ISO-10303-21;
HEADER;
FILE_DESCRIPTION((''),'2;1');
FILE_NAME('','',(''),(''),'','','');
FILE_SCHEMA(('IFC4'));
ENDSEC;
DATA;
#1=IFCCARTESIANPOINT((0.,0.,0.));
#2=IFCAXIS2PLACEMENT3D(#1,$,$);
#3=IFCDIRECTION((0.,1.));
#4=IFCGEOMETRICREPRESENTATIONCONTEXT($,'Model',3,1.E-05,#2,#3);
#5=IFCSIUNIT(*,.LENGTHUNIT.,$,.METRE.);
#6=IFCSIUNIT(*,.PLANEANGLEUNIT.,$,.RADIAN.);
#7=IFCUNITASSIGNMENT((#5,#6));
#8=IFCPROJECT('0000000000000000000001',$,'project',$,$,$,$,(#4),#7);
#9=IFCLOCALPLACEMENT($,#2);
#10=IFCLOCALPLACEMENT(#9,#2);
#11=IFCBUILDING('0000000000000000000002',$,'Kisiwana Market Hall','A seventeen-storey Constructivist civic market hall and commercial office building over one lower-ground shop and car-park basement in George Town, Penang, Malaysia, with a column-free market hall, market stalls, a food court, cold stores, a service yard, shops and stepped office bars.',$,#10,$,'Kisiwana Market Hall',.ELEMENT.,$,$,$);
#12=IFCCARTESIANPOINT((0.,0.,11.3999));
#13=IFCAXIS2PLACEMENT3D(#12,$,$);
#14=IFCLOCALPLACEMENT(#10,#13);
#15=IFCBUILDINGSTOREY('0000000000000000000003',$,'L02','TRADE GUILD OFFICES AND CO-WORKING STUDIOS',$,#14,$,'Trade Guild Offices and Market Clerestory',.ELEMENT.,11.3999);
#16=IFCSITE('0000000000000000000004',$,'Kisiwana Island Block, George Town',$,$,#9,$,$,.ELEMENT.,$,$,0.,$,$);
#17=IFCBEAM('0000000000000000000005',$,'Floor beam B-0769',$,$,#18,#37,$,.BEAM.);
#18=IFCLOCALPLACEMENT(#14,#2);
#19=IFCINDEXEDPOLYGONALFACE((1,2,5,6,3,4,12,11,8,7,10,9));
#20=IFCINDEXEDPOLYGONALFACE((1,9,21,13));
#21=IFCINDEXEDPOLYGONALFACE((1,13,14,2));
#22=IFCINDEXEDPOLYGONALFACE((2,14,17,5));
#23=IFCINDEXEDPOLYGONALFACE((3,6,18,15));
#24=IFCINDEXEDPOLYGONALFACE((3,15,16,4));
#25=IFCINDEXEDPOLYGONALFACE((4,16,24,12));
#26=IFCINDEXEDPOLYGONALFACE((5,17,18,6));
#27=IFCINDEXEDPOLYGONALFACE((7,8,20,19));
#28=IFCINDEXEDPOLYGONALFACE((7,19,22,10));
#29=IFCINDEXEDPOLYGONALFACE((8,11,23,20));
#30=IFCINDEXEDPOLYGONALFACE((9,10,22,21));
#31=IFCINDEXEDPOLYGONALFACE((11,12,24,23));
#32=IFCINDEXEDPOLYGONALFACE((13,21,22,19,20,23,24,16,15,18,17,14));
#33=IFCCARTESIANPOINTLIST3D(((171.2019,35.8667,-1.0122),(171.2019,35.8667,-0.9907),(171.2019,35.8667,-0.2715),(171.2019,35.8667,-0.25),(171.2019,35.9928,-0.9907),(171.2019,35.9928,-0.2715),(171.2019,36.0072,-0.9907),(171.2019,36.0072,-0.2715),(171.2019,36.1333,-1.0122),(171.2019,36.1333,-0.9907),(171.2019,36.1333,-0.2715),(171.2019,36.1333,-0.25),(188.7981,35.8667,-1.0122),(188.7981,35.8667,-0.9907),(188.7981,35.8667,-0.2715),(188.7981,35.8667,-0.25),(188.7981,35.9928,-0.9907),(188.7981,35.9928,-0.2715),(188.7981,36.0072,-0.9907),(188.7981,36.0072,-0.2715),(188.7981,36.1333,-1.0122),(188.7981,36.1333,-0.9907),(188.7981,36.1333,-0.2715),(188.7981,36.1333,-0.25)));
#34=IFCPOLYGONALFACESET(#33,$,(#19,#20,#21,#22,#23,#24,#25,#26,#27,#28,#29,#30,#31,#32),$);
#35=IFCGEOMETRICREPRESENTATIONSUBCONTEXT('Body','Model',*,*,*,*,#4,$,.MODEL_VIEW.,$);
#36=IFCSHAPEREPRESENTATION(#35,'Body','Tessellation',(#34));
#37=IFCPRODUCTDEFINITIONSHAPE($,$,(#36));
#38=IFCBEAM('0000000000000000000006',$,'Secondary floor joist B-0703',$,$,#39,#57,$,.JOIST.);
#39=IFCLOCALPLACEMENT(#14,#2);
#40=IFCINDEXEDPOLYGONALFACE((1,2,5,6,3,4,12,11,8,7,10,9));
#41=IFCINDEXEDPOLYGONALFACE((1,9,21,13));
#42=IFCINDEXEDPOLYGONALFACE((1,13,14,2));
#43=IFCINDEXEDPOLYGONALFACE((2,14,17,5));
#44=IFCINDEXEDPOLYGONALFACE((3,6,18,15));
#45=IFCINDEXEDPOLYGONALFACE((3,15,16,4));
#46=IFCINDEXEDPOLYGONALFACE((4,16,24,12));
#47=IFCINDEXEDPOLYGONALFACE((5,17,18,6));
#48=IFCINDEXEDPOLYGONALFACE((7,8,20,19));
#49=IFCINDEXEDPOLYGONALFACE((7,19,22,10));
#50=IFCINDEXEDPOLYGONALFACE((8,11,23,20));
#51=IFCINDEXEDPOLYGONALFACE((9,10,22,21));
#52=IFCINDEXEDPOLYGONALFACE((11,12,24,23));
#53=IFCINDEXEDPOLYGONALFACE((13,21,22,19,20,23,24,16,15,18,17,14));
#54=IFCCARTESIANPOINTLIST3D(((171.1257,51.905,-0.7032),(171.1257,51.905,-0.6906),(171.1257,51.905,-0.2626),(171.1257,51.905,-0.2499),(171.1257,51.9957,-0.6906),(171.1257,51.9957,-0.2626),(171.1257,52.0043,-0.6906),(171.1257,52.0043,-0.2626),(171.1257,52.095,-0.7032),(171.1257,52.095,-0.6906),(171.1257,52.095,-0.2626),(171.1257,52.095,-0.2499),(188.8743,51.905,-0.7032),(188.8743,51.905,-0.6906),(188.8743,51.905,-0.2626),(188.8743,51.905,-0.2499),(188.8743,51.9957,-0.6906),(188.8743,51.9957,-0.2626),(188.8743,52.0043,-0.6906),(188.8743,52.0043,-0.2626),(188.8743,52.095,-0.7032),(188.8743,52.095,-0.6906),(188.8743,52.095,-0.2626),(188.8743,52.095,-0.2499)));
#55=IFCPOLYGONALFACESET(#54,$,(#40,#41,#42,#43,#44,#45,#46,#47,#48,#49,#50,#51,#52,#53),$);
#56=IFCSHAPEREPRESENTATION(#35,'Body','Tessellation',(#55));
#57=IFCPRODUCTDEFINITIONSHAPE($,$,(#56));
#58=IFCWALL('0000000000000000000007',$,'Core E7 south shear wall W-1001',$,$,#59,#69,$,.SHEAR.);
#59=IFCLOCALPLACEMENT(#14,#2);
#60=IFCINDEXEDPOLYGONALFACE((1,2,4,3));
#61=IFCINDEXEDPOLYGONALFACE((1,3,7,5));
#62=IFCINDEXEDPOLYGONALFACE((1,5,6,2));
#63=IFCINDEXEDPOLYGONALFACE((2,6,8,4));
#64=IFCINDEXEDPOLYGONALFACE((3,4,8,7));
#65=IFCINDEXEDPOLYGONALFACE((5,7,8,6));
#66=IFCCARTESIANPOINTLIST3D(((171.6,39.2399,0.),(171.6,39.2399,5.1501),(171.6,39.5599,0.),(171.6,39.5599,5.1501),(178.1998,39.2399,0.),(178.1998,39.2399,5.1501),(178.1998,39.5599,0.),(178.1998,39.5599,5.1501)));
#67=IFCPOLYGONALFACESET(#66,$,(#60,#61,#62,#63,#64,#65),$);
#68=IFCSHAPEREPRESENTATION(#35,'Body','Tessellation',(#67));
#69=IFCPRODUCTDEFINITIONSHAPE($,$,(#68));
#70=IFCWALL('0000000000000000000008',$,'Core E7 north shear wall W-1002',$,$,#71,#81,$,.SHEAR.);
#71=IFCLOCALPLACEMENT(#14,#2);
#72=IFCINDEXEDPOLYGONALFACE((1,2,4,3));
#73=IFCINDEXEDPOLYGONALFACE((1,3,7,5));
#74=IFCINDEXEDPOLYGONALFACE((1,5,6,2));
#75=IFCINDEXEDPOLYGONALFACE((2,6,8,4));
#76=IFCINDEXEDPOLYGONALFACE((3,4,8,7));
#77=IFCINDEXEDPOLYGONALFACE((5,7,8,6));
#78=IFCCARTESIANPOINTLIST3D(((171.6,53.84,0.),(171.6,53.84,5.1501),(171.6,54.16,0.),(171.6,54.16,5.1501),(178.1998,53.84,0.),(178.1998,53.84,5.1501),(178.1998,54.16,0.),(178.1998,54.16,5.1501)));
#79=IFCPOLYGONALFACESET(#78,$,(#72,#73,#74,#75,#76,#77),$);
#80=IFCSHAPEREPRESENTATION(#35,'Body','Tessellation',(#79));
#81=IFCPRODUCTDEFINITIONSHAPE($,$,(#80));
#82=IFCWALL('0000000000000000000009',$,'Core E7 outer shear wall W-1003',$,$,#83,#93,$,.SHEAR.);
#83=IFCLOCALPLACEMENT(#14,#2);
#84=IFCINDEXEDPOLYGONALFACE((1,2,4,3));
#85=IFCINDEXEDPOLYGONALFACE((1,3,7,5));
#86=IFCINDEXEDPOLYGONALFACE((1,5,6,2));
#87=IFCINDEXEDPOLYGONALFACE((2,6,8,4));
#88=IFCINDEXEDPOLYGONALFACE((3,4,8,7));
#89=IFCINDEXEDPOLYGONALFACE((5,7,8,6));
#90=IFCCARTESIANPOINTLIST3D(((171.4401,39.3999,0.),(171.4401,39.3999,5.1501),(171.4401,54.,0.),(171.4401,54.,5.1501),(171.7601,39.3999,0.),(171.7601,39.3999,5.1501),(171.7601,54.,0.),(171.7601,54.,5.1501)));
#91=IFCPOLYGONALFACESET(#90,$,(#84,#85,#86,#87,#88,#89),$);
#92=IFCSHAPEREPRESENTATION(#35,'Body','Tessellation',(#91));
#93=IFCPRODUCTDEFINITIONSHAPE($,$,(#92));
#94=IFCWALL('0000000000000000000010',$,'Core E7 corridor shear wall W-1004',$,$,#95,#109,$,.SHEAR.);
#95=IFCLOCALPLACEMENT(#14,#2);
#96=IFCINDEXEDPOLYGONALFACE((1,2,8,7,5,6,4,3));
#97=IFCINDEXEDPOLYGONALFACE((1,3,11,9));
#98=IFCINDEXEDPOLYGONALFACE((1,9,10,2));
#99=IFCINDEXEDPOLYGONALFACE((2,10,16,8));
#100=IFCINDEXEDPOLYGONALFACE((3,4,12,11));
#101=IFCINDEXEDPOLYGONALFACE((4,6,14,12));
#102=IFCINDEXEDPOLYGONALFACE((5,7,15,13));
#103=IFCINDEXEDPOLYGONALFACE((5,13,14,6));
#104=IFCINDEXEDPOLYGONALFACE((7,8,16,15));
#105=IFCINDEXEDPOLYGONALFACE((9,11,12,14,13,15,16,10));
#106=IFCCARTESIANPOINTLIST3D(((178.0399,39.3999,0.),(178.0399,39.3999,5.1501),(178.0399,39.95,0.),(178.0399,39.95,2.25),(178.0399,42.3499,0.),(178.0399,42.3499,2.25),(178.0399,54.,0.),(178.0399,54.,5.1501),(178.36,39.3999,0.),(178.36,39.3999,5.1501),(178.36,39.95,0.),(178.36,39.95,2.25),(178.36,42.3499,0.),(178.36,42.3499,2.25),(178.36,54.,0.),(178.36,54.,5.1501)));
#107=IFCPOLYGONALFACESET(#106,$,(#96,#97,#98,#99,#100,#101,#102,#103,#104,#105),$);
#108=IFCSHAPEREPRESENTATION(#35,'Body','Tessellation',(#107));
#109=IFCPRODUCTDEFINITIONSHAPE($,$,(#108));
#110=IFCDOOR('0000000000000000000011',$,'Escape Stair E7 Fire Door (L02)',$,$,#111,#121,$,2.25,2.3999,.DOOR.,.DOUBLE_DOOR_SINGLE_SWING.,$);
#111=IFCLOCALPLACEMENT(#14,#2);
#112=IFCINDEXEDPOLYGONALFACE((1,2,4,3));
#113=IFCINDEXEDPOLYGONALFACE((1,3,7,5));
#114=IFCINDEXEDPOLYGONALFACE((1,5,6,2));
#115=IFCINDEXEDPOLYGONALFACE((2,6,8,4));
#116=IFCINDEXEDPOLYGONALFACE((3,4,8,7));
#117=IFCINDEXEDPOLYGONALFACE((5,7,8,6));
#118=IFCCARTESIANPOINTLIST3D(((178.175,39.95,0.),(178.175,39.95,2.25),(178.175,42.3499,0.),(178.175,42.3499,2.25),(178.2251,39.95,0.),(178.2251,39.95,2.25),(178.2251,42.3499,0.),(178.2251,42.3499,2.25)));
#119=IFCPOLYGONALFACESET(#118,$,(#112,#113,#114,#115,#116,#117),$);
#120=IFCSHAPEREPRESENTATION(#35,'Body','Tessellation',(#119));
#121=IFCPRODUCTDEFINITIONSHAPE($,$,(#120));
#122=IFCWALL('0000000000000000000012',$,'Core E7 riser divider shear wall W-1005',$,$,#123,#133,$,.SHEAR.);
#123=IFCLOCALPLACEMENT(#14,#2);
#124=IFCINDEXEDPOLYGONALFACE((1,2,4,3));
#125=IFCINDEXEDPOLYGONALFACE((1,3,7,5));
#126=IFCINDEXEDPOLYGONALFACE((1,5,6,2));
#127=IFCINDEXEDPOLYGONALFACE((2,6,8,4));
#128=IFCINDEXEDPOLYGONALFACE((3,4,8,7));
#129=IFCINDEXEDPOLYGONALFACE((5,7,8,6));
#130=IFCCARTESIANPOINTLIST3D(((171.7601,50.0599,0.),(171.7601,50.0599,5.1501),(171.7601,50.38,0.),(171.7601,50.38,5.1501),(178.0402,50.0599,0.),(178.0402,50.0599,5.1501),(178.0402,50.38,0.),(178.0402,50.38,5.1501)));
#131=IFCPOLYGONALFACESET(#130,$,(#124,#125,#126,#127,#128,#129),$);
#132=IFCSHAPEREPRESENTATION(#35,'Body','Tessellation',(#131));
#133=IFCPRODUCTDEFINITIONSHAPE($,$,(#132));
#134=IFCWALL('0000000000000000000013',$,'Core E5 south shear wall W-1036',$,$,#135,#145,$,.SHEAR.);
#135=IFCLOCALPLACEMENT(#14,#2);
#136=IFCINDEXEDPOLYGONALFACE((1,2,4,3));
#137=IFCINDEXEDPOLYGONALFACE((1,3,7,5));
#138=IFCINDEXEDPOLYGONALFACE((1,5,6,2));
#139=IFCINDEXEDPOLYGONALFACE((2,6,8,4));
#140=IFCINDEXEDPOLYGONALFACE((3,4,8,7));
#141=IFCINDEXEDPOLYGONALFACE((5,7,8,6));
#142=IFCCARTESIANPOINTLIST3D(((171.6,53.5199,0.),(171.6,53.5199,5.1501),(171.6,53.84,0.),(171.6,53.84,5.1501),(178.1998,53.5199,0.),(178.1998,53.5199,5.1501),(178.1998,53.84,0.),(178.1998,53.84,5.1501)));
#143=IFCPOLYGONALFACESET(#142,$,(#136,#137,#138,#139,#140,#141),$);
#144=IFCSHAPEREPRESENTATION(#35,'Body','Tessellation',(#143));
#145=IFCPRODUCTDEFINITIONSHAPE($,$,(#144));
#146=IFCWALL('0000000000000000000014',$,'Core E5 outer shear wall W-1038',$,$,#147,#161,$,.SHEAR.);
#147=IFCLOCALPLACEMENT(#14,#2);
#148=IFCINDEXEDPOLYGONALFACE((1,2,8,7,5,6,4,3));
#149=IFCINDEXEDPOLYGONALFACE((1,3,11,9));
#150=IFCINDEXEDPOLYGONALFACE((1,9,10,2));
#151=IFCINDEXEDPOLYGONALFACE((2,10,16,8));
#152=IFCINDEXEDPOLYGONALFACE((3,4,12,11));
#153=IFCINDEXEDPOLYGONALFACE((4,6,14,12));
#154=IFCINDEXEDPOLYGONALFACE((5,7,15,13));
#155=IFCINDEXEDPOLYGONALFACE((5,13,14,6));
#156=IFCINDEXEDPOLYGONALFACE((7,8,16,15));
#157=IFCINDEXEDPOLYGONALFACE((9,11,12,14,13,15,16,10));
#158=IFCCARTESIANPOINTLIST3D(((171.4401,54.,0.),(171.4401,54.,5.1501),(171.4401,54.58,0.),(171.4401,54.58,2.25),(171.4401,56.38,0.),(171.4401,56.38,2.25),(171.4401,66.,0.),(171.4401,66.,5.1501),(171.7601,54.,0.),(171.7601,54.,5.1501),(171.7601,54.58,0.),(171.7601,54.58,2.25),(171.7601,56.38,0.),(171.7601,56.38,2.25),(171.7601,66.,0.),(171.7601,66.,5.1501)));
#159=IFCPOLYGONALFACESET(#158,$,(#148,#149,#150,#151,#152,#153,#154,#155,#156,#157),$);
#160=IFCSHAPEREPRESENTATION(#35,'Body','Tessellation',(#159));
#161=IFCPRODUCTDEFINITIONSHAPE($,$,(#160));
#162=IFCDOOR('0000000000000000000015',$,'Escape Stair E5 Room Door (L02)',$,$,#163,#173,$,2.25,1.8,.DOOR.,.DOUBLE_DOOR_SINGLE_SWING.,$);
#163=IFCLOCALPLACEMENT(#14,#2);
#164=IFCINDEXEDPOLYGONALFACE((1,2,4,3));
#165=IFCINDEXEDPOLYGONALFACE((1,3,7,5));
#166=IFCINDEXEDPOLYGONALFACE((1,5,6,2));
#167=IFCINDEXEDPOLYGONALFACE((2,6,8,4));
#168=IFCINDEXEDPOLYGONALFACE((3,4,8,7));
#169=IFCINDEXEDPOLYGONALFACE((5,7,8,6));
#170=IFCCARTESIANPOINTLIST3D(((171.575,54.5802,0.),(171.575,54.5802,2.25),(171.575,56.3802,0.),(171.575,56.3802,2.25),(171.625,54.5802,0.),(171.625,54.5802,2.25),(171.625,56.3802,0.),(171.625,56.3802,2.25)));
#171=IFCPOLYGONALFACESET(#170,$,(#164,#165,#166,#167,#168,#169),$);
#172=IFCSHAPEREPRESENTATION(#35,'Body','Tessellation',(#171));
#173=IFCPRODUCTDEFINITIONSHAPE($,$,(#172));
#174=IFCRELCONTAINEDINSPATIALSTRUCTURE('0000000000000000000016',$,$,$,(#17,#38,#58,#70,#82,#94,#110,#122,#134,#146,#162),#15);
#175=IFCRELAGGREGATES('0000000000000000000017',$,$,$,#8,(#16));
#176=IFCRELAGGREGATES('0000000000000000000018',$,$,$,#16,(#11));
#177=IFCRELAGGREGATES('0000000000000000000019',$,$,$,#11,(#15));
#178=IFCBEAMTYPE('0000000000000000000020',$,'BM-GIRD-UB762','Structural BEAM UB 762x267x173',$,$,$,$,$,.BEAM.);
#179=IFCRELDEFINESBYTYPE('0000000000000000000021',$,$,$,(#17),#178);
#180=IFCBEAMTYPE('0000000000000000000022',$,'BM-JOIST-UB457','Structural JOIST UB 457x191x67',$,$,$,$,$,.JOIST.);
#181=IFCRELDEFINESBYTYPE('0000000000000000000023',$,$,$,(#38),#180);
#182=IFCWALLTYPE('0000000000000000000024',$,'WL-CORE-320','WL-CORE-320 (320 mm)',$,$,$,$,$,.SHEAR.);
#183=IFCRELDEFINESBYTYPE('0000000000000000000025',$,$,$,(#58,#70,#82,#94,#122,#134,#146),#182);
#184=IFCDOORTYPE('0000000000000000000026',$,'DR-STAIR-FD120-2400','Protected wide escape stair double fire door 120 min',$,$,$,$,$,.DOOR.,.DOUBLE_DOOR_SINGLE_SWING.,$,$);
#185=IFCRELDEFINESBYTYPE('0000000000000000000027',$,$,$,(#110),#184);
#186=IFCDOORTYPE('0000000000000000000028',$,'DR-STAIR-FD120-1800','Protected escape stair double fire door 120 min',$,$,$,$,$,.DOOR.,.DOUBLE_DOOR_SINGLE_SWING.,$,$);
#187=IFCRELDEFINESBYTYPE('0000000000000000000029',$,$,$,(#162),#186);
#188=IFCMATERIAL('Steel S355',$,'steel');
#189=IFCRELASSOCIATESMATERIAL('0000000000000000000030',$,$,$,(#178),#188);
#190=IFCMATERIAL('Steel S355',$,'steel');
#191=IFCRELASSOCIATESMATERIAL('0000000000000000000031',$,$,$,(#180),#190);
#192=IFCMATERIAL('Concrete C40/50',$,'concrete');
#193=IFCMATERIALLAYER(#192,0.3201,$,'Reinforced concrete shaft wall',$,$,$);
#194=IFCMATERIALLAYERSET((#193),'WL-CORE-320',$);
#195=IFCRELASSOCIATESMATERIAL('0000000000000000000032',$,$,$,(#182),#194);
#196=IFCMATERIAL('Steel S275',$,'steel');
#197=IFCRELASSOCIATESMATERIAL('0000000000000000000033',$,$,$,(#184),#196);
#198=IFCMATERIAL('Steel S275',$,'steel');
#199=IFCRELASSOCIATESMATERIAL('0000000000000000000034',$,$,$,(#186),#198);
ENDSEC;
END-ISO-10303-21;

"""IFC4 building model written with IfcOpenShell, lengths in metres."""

from ifc_helpers import new_model, si_unit, direction, frame, frame_2d, origin, origin_2d, place, context, subcontext, project, spatial, rectangle, i_section, extrude, material, layer, layer_set, material_profile, profile_set, type_object, element, fill, save


model = new_model("IFC4")

# Units and contexts
model_context = context("Model", 3, precision=1e-05, world=origin(), true_north=direction((0.0, 1.0)))
body_context = subcontext(model_context, "Body", "Model", "MODEL_VIEW")
ifc_project = project(units=[si_unit("LENGTHUNIT", "METRE"), si_unit("PLANEANGLEUNIT", "RADIAN")], contexts=[model_context])

# Site, building, storey
site_placement = place(None, origin())
site = spatial("IfcSite", under=ifc_project, at=site_placement, Name="Kisiwana Island Block, George Town", CompositionType="ELEMENT", RefElevation=0.0)
building_placement = place(site_placement, origin())
building = spatial("IfcBuilding", under=site, at=building_placement, Name="Kisiwana Market Hall", Description="A seventeen-storey Constructivist civic market hall and commercial office building over one lower-ground shop and car-park basement in George Town, Penang, Malaysia, with a column-free market hall, market stalls, a food court, cold stores, a service yard, shops and stepped office bars.", LongName="Kisiwana Market Hall", CompositionType="ELEMENT")
storey_placement = place(building_placement, frame((0.0, 0.0, 11.3999)))
storey = spatial("IfcBuildingStorey", under=building, at=storey_placement, Name="L02", Description="TRADE GUILD OFFICES AND CO-WORKING STUDIOS", LongName="Trade Guild Offices and Market Clerestory", CompositionType="ELEMENT", Elevation=11.3999)

# Beams
ifc_material_1 = material(Name="Steel S355", Category="steel")
ifc_material_profile_1 = material_profile(ifc_material_1, i_section(OverallWidth=0.2666, OverallDepth=0.7622, WebThickness=0.0144, FlangeThickness=0.0215, at=origin_2d()), Name="UB 762x267x173")
ifc_profile_set_1 = profile_set([ifc_material_profile_1], Name="Steel S355")
beam_type_1 = type_object("IfcBeamType", Name="BM-GIRD-UB762", Description="Structural BEAM UB 762x267x173", PredefinedType="BEAM", material=ifc_profile_set_1)
beam_1_placement = place(storey_placement, frame((171.2019, 36.0, -0.6311), z_axis=(1.0, 0.0, 0.0), x_axis=(0.0, 1.0, 0.0)))
element("IfcBeam", 1, at=beam_1_placement, inside=storey, type_object=beam_type_1, Name="Floor beam B-0769", PredefinedType="BEAM", context=body_context, shape_type="SweptSolid", body=[
    extrude(i_section(OverallWidth=0.2666, OverallDepth=0.7622, WebThickness=0.0144, FlangeThickness=0.0215, at=origin_2d()), origin(), (0.0, 0.0, 1.0), 17.5962),
])
ifc_material_2 = material(Name="Steel S355", Category="steel")
ifc_material_profile_2 = material_profile(ifc_material_2, i_section(OverallWidth=0.1899, OverallDepth=0.4534, WebThickness=0.0085, FlangeThickness=0.0127, at=origin_2d()), Name="UB 457x191x67")
ifc_profile_set_2 = profile_set([ifc_material_profile_2], Name="Steel S355")
beam_type_2 = type_object("IfcBeamType", Name="BM-JOIST-UB457", Description="Structural JOIST UB 457x191x67", PredefinedType="JOIST", material=ifc_profile_set_2)
beam_2_placement = place(storey_placement, frame((171.1257, 52.0, -0.4766), z_axis=(1.0, 0.0, 0.0), x_axis=(0.0, 1.0, 0.0)))
element("IfcBeam", 2, at=beam_2_placement, inside=storey, type_object=beam_type_2, Name="Secondary floor joist B-0703", PredefinedType="JOIST", context=body_context, shape_type="SweptSolid", body=[
    extrude(i_section(OverallWidth=0.1899, OverallDepth=0.4534, WebThickness=0.0085, FlangeThickness=0.0127, at=origin_2d()), origin(), (0.0, 0.0, 1.0), 17.7485),
])

# Walls
ifc_material_3 = material(Name="Concrete C40/50", Category="concrete")
ifc_layer = layer(ifc_material_3, 0.3201, Name="Reinforced concrete shaft wall")
ifc_layer_set = layer_set([ifc_layer], Name="WL-CORE-320")
wall_type = type_object("IfcWallType", Name="WL-CORE-320", Description="WL-CORE-320 (320 mm)", PredefinedType="SHEAR", material=ifc_layer_set)
for number, where, z_axis, x_axis, name in (
    (3, (171.6001, 39.3999, 0.0), (0.0, 0.0, 1.0), (1.0, 0.0, 0.0), "Core E7 south shear wall W-1001"),
    (4, (171.6001, 54.0, 0.0), (0.0, 0.0, 1.0), (1.0, 0.0, 0.0), "Core E7 north shear wall W-1002"),
):
    element("IfcWall", number, at=place(storey_placement, frame(where, z_axis=z_axis, x_axis=x_axis)), inside=storey, type_object=wall_type, Name=name, PredefinedType="SHEAR", context=body_context, shape_type="SweptSolid", body=[
        extrude(rectangle(XDim=6.5999, YDim=0.3201, at=frame_2d((3.2998, 0.0))), origin(), (0.0, 0.0, 1.0), 5.1501),
    ])
wall_1_placement = place(storey_placement, frame((171.6001, 39.3999, 0.0), z_axis=(0.0, 0.0, 1.0), x_axis=(0.0, 1.0, 0.0)))
element("IfcWall", 5, at=wall_1_placement, inside=storey, type_object=wall_type, Name="Core E7 outer shear wall W-1003", PredefinedType="SHEAR", context=body_context, shape_type="SweptSolid", body=[
    extrude(rectangle(XDim=14.6001, YDim=0.3201, at=frame_2d((7.3, 0.0))), origin(), (0.0, 0.0, 1.0), 5.1501),
])

# Wall, opening, door
wall_2_placement = place(storey_placement, frame((178.2, 39.3999, 0.0), z_axis=(0.0, 0.0, 1.0), x_axis=(0.0, 1.0, 0.0)))
wall_2 = element("IfcWall", 6, at=wall_2_placement, inside=storey, type_object=wall_type, Name="Core E7 corridor shear wall W-1004", PredefinedType="SHEAR", context=body_context, shape_type="SweptSolid", body=[
    extrude(rectangle(XDim=14.6001, YDim=0.3201, at=frame_2d((7.3, 0.0))), origin(), (0.0, 0.0, 1.0), 5.1501),
])
opening_1_placement = place(wall_2_placement, frame((0.55, 0.0, 0.0)))
opening_1 = element("IfcOpeningElement", 7, at=opening_1_placement, cuts=wall_2, PredefinedType="OPENING", context=body_context, shape_type="SweptSolid", body=[
    extrude(rectangle(XDim=2.3999, YDim=2.25, at=frame_2d((1.2, 1.125))), frame((0.0, 0.1719, 0.0), z_axis=(0.0, -1.0, 0.0), x_axis=(1.0, 0.0, 0.0)), (0.0, 0.0, 1.0), 0.344),
])
ifc_material_4 = material(Name="Steel S275", Category="steel")
door_type_1 = type_object("IfcDoorType", Name="DR-STAIR-FD120-2400", Description="Protected wide escape stair double fire door 120 min", OperationType="DOUBLE_DOOR_SINGLE_SWING", PredefinedType="DOOR", material=ifc_material_4)
door_1_placement = place(opening_1_placement, origin())
door_1 = element("IfcDoor", 8, at=door_1_placement, inside=storey, type_object=door_type_1, Name="Escape Stair E7 Fire Door (L02)", OperationType="DOUBLE_DOOR_SINGLE_SWING", OverallHeight=2.25, OverallWidth=2.3999, PredefinedType="DOOR", context=body_context, shape_type="SweptSolid", body=[
    extrude(rectangle(XDim=2.3999, YDim=2.25, at=frame_2d((1.2, 1.125))), frame((0.0, 0.0249, 0.0), z_axis=(0.0, -1.0, 0.0), x_axis=(1.0, 0.0, 0.0)), (0.0, 0.0, 1.0), 0.05),
])
fill(opening_1, door_1)

# Walls
wall_3_placement = place(storey_placement, frame((171.76, 50.22, 0.0), z_axis=(0.0, 0.0, 1.0), x_axis=(1.0, 0.0, 0.0)))
element("IfcWall", 9, at=wall_3_placement, inside=storey, type_object=wall_type, Name="Core E7 riser divider shear wall W-1005", PredefinedType="SHEAR", context=body_context, shape_type="SweptSolid", body=[
    extrude(rectangle(XDim=6.28, YDim=0.3201, at=frame_2d((3.1401, 0.0))), origin(), (0.0, 0.0, 1.0), 5.1501),
])
wall_4_placement = place(storey_placement, frame((171.6001, 53.6799, 0.0), z_axis=(0.0, 0.0, 1.0), x_axis=(1.0, 0.0, 0.0)))
element("IfcWall", 10, at=wall_4_placement, inside=storey, type_object=wall_type, Name="Core E5 south shear wall W-1036", PredefinedType="SHEAR", context=body_context, shape_type="SweptSolid", body=[
    extrude(rectangle(XDim=6.5999, YDim=0.3201, at=frame_2d((3.2998, 0.0))), origin(), (0.0, 0.0, 1.0), 5.1501),
])

# Wall, opening, door
wall_5_placement = place(storey_placement, frame((171.6001, 54.0, 0.0), z_axis=(0.0, 0.0, 1.0), x_axis=(0.0, 1.0, 0.0)))
wall_5 = element("IfcWall", 11, at=wall_5_placement, inside=storey, type_object=wall_type, Name="Core E5 outer shear wall W-1038", PredefinedType="SHEAR", context=body_context, shape_type="SweptSolid", body=[
    extrude(rectangle(XDim=12.0, YDim=0.3201, at=frame_2d((6.0, 0.0))), origin(), (0.0, 0.0, 1.0), 5.1501),
])
opening_2_placement = place(wall_5_placement, frame((0.5801, 0.0, 0.0)))
opening_2 = element("IfcOpeningElement", 12, at=opening_2_placement, cuts=wall_5, PredefinedType="OPENING", context=body_context, shape_type="SweptSolid", body=[
    extrude(rectangle(XDim=1.8, YDim=2.25, at=frame_2d((0.8999, 1.125))), frame((0.0, 0.1719, 0.0), z_axis=(0.0, -1.0, 0.0), x_axis=(1.0, 0.0, 0.0)), (0.0, 0.0, 1.0), 0.344),
])
ifc_material_5 = material(Name="Steel S275", Category="steel")
door_type_2 = type_object("IfcDoorType", Name="DR-STAIR-FD120-1800", Description="Protected escape stair double fire door 120 min", OperationType="DOUBLE_DOOR_SINGLE_SWING", PredefinedType="DOOR", material=ifc_material_5)
door_2_placement = place(opening_2_placement, frame((1.8, 0.0, 0.0), z_axis=(0.0, 0.0, 1.0), x_axis=(-1.0, 0.0, 0.0)))
door_2 = element("IfcDoor", 13, at=door_2_placement, inside=storey, type_object=door_type_2, Name="Escape Stair E5 Room Door (L02)", OperationType="DOUBLE_DOOR_SINGLE_SWING", OverallHeight=2.25, OverallWidth=1.8, PredefinedType="DOOR", context=body_context, shape_type="SweptSolid", body=[
    extrude(rectangle(XDim=1.8, YDim=2.25, at=frame_2d((0.8999, 1.125))), frame((0.0, 0.0249, 0.0), z_axis=(0.0, -1.0, 0.0), x_axis=(1.0, 0.0, 0.0)), (0.0, 0.0, 1.0), 0.05),
])
fill(opening_2, door_2)

save(model, "model.ifc")
